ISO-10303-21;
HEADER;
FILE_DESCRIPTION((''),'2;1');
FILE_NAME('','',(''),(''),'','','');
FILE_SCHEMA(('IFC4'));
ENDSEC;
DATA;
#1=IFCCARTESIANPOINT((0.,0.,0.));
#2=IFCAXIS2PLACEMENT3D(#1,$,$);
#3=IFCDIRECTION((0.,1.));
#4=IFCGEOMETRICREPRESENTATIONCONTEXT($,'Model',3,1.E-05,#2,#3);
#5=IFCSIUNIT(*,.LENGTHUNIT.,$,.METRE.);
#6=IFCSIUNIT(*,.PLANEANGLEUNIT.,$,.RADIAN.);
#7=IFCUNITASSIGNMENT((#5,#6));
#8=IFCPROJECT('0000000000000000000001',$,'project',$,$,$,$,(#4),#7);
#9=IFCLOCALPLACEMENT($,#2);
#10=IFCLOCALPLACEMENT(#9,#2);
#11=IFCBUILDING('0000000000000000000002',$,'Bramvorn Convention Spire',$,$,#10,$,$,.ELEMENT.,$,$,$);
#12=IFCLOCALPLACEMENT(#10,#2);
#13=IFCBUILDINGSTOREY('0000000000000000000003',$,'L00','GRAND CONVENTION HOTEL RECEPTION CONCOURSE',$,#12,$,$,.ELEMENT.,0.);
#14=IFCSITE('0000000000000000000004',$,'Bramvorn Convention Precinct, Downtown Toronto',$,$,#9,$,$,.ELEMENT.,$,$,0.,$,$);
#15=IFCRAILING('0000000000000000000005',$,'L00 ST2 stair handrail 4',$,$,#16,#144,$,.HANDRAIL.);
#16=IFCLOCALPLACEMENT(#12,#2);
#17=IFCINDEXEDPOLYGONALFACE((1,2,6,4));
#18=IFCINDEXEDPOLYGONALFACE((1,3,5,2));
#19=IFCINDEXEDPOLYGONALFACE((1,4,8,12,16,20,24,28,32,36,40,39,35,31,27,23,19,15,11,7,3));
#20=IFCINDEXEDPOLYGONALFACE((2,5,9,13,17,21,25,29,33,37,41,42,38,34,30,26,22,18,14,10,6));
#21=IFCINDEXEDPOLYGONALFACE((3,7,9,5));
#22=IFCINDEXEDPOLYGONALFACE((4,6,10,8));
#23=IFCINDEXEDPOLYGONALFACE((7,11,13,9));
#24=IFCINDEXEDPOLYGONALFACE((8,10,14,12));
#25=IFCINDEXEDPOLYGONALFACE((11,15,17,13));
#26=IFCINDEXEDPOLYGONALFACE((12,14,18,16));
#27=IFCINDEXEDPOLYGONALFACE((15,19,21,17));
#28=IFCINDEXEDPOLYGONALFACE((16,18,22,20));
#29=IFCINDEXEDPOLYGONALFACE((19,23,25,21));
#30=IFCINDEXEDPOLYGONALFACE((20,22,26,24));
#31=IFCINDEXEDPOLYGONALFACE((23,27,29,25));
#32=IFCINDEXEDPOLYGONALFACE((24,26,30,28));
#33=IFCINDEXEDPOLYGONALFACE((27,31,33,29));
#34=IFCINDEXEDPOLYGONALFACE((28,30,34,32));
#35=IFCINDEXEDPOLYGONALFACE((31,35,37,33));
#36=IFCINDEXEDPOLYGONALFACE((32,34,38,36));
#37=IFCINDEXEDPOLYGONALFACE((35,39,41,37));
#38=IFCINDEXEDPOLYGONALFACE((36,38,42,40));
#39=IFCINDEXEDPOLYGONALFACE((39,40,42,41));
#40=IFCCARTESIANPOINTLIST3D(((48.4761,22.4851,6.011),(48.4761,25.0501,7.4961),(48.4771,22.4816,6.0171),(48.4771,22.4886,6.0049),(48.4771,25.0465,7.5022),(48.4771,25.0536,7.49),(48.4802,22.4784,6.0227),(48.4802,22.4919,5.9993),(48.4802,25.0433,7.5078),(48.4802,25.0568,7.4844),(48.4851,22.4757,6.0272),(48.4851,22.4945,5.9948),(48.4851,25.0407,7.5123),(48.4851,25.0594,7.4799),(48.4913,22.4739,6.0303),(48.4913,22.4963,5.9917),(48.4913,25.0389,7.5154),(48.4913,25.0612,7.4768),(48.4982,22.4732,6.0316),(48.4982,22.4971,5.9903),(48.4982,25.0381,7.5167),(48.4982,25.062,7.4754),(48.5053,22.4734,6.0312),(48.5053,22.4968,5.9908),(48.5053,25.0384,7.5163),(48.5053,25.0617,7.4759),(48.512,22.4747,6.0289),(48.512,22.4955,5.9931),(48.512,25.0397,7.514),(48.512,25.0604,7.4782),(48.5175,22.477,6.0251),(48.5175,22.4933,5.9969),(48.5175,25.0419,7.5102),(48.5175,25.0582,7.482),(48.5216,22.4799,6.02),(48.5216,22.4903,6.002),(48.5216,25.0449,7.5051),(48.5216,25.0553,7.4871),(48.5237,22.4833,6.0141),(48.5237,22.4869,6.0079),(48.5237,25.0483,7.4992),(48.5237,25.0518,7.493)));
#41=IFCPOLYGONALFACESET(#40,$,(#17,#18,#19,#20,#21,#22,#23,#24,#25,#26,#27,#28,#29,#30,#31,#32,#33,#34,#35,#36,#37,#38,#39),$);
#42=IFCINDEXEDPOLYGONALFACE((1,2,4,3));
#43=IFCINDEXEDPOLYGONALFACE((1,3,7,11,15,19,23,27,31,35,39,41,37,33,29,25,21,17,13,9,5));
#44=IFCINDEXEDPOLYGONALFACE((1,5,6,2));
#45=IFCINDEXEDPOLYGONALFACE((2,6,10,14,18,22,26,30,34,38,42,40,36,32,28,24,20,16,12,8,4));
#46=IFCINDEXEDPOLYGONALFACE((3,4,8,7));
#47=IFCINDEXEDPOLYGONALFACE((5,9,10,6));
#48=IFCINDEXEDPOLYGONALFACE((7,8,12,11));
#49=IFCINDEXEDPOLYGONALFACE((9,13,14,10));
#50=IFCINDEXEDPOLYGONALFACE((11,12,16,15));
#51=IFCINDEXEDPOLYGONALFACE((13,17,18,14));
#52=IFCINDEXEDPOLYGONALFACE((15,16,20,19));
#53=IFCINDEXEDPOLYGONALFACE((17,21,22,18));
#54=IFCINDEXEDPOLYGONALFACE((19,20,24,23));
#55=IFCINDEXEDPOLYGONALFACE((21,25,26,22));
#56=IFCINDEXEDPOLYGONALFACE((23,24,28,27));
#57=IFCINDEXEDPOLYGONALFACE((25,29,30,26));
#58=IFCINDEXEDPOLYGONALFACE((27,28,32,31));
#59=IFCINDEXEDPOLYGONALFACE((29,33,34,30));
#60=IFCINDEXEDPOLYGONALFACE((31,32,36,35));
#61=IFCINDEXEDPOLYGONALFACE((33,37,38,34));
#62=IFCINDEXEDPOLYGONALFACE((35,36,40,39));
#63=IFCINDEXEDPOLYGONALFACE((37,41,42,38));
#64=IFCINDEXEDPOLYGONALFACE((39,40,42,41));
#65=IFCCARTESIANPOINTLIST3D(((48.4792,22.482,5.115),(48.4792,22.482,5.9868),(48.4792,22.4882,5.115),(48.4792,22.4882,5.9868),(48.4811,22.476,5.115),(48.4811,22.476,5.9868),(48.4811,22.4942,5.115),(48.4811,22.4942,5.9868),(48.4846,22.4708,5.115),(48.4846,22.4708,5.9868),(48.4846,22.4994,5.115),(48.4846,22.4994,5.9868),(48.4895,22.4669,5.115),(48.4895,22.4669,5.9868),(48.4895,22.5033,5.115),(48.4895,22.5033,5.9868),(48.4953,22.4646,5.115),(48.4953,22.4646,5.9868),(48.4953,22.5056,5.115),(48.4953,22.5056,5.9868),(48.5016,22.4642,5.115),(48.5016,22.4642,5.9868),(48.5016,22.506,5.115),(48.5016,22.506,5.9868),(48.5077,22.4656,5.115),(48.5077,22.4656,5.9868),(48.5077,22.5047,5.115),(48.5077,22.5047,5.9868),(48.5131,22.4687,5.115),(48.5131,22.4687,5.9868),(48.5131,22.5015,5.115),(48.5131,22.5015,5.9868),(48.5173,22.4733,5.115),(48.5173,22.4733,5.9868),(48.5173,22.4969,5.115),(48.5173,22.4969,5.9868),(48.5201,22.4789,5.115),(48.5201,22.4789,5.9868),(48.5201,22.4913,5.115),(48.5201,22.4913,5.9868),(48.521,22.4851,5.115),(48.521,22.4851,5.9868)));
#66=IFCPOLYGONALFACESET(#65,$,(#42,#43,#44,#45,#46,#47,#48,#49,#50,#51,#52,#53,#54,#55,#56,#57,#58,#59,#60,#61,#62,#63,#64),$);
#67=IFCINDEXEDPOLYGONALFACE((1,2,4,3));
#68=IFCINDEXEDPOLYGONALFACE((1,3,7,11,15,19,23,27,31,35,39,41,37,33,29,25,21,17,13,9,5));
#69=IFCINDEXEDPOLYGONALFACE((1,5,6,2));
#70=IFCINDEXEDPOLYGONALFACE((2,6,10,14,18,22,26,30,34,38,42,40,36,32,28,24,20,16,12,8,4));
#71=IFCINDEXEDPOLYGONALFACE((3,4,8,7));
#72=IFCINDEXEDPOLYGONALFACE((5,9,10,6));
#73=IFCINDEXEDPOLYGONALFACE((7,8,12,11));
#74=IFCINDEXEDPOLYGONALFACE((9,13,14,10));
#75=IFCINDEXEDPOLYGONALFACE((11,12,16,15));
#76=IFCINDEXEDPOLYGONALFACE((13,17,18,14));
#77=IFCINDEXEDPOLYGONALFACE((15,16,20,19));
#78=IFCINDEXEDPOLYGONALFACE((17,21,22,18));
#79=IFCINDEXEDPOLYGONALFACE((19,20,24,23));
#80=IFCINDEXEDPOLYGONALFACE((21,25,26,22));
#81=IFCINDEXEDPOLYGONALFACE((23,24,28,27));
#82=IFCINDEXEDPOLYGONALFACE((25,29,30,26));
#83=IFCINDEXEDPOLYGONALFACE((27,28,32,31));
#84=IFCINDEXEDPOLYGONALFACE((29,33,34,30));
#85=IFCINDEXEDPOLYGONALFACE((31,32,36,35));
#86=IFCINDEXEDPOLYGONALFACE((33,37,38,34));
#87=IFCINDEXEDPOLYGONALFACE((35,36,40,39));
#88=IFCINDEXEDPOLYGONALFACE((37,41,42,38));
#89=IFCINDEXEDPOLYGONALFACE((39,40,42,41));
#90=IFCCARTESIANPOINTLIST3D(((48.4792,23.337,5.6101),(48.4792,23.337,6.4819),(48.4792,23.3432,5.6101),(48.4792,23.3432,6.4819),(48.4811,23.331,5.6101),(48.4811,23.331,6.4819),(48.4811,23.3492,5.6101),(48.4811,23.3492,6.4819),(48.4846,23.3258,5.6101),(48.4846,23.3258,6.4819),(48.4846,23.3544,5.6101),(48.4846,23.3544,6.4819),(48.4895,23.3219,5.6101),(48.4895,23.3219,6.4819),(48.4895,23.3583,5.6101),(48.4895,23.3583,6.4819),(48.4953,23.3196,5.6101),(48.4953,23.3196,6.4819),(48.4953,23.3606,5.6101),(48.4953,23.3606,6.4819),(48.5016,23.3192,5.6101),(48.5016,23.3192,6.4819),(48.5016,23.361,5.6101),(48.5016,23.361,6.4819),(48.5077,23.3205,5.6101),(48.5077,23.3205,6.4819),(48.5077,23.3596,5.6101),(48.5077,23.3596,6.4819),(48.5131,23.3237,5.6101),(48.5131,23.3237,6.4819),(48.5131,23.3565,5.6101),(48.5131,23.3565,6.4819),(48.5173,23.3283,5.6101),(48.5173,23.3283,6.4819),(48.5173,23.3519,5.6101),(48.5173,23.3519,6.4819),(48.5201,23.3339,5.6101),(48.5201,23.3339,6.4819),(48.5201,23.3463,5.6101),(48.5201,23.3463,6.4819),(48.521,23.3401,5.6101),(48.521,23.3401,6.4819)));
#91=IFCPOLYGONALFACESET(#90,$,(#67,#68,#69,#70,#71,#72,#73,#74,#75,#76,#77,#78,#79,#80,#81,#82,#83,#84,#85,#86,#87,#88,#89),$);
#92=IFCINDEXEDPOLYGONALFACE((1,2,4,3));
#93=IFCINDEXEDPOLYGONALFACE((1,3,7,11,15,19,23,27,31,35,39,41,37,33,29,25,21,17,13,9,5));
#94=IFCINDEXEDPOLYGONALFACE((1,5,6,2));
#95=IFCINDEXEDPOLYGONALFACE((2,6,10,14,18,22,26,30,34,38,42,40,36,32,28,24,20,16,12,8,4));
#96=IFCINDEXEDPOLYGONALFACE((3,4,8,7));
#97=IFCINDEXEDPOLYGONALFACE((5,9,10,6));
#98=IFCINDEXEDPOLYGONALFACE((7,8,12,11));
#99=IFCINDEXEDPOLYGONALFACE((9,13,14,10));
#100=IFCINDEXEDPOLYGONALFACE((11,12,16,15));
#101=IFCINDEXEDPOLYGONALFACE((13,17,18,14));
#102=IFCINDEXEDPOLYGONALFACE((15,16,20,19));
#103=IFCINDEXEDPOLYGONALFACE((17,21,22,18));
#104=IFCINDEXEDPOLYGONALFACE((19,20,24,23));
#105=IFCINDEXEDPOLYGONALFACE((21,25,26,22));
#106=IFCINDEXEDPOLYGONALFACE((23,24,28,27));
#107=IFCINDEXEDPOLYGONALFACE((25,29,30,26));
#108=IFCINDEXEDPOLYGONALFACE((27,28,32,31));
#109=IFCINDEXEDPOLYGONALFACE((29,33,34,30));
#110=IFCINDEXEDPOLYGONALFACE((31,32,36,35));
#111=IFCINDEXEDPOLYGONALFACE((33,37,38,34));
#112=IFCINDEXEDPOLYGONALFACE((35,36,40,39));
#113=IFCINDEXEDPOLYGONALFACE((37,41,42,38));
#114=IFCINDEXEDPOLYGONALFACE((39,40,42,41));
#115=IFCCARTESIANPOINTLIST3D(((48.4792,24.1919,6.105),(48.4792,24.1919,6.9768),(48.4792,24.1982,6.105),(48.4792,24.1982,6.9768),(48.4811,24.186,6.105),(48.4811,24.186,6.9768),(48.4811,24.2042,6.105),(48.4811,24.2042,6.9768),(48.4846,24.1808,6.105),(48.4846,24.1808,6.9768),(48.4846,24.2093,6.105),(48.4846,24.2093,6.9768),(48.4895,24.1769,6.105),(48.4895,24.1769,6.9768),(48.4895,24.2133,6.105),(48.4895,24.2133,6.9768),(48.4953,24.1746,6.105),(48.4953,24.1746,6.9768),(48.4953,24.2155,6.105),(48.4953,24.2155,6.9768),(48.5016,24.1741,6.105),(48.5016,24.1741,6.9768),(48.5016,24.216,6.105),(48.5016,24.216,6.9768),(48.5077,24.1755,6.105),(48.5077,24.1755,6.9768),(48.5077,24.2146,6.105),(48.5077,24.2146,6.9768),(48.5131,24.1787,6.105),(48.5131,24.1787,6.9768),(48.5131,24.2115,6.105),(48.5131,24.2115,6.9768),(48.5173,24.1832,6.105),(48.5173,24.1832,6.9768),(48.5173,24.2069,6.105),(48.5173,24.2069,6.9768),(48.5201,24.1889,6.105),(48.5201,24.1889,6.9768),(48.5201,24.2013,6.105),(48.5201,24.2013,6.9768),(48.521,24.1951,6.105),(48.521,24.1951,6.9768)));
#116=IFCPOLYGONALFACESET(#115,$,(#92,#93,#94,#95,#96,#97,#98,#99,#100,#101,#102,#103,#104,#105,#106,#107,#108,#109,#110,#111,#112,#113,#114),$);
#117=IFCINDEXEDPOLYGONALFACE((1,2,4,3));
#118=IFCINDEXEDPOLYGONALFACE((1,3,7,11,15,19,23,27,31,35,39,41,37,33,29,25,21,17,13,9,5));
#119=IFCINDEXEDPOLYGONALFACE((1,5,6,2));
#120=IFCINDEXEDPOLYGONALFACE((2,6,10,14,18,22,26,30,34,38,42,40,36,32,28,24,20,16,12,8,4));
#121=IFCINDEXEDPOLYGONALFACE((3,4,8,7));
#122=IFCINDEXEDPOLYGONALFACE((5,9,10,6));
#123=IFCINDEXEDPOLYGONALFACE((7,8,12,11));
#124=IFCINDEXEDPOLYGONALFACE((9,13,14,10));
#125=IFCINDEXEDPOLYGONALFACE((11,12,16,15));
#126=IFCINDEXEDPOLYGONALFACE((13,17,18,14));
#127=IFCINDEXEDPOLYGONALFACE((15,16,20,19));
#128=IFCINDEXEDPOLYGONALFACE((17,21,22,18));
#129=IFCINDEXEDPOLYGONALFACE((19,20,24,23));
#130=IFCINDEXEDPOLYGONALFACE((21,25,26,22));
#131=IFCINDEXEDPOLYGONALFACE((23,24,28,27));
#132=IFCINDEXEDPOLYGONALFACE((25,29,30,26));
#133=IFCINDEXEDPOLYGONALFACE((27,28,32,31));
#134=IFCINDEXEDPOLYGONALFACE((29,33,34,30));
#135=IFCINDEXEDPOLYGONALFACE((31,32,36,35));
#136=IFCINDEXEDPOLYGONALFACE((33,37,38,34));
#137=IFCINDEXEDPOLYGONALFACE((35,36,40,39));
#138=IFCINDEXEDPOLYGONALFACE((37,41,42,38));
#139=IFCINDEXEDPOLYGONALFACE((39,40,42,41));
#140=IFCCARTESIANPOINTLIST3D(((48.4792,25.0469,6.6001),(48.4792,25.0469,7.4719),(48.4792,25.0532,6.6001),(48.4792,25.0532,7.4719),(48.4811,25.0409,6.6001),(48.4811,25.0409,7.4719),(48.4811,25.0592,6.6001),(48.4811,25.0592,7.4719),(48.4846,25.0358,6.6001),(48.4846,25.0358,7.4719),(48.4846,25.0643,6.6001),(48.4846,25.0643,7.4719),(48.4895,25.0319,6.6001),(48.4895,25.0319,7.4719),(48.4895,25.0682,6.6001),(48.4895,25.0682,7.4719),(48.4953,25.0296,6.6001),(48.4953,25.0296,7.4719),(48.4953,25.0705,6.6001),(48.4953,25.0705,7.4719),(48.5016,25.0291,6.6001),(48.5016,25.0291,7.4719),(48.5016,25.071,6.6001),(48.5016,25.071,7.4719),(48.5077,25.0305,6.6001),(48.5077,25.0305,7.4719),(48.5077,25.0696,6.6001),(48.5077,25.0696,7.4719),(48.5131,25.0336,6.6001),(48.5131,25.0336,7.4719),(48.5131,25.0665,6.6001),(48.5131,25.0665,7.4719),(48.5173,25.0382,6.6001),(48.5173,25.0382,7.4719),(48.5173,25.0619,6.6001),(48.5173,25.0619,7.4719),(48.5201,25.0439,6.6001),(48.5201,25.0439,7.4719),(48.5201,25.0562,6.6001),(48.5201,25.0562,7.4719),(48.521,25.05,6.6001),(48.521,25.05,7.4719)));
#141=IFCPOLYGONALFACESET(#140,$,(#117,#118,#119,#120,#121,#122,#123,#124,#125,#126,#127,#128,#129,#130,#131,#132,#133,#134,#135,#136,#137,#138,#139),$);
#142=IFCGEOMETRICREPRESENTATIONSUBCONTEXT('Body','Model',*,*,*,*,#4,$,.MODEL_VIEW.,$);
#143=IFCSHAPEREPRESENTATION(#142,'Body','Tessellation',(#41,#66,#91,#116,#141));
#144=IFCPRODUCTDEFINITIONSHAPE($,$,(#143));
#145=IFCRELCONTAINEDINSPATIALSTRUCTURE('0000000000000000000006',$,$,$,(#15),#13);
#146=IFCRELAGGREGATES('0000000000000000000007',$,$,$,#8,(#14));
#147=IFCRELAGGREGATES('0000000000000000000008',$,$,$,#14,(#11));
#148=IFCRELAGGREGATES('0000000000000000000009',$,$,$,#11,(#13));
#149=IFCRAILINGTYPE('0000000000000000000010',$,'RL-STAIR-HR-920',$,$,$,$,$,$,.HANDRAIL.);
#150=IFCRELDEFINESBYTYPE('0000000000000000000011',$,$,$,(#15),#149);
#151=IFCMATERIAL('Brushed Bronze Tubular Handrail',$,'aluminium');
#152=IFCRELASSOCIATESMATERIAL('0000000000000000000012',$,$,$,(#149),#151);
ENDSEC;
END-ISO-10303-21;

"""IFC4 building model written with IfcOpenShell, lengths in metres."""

from ifc_helpers import new_model, si_unit, direction, frame, origin, origin_2d, place, context, subcontext, project, spatial, circle, extrude, material, type_object, element, save


model = new_model("IFC4")

# Units and contexts
model_context = context("Model", 3, precision=1e-05, world=origin(), true_north=direction((0.0, 1.0)))
body_context = subcontext(model_context, "Body", "Model", "MODEL_VIEW")
ifc_project = project(units=[si_unit("LENGTHUNIT", "METRE"), si_unit("PLANEANGLEUNIT", "RADIAN")], contexts=[model_context])

# Site, building, storey
site_placement = place(None, origin())
site = spatial("IfcSite", under=ifc_project, at=site_placement, Name="Bramvorn Convention Precinct, Downtown Toronto", CompositionType="ELEMENT", RefElevation=0.0)
building_placement = place(site_placement, origin())
building = spatial("IfcBuilding", under=site, at=building_placement, Name="Bramvorn Convention Spire", CompositionType="ELEMENT")
storey_placement = place(building_placement, origin())
storey = spatial("IfcBuildingStorey", under=building, at=storey_placement, Name="L00", Description="GRAND CONVENTION HOTEL RECEPTION CONCOURSE", CompositionType="ELEMENT", Elevation=0.0)

# Railing
ifc_material_1 = material(Name="Brushed Bronze Tubular Handrail", Category="aluminium")
railing_type_1 = type_object("IfcRailingType", Name="RL-STAIR-HR-920", PredefinedType="HANDRAIL", material=ifc_material_1)
railing_1_placement = place(storey_placement, frame((48.5, 22.4851, 5.115)))
element("IfcRailing", 1, at=railing_1_placement, inside=storey, type_object=railing_type_1, Name="L00 ST2 stair handrail 4", PredefinedType="HANDRAIL", context=body_context, shape_type="SweptSolid", body=[
    extrude(circle(Radius=0.0239, at=origin_2d()), frame((0.0, 0.0, 0.896), z_axis=(0.0, 0.865406, 0.501072), x_axis=(-1.0, 0.0, 0.0)), (0.0, 0.0, 1.0), 2.9639),
    extrude(circle(Radius=0.021, at=origin_2d()), origin(), (0.0, 0.0, 1.0), 0.8718),
    extrude(circle(Radius=0.021, at=origin_2d()), frame((0.0, 0.855, 0.4951)), (0.0, 0.0, 1.0), 0.8718),
    extrude(circle(Radius=0.021, at=origin_2d()), frame((0.0, 1.71, 0.99)), (0.0, 0.0, 1.0), 0.8718),
    extrude(circle(Radius=0.021, at=origin_2d()), frame((0.0, 2.5649, 1.4851)), (0.0, 0.0, 1.0), 0.8718),
])

save(model, "model.ifc")
